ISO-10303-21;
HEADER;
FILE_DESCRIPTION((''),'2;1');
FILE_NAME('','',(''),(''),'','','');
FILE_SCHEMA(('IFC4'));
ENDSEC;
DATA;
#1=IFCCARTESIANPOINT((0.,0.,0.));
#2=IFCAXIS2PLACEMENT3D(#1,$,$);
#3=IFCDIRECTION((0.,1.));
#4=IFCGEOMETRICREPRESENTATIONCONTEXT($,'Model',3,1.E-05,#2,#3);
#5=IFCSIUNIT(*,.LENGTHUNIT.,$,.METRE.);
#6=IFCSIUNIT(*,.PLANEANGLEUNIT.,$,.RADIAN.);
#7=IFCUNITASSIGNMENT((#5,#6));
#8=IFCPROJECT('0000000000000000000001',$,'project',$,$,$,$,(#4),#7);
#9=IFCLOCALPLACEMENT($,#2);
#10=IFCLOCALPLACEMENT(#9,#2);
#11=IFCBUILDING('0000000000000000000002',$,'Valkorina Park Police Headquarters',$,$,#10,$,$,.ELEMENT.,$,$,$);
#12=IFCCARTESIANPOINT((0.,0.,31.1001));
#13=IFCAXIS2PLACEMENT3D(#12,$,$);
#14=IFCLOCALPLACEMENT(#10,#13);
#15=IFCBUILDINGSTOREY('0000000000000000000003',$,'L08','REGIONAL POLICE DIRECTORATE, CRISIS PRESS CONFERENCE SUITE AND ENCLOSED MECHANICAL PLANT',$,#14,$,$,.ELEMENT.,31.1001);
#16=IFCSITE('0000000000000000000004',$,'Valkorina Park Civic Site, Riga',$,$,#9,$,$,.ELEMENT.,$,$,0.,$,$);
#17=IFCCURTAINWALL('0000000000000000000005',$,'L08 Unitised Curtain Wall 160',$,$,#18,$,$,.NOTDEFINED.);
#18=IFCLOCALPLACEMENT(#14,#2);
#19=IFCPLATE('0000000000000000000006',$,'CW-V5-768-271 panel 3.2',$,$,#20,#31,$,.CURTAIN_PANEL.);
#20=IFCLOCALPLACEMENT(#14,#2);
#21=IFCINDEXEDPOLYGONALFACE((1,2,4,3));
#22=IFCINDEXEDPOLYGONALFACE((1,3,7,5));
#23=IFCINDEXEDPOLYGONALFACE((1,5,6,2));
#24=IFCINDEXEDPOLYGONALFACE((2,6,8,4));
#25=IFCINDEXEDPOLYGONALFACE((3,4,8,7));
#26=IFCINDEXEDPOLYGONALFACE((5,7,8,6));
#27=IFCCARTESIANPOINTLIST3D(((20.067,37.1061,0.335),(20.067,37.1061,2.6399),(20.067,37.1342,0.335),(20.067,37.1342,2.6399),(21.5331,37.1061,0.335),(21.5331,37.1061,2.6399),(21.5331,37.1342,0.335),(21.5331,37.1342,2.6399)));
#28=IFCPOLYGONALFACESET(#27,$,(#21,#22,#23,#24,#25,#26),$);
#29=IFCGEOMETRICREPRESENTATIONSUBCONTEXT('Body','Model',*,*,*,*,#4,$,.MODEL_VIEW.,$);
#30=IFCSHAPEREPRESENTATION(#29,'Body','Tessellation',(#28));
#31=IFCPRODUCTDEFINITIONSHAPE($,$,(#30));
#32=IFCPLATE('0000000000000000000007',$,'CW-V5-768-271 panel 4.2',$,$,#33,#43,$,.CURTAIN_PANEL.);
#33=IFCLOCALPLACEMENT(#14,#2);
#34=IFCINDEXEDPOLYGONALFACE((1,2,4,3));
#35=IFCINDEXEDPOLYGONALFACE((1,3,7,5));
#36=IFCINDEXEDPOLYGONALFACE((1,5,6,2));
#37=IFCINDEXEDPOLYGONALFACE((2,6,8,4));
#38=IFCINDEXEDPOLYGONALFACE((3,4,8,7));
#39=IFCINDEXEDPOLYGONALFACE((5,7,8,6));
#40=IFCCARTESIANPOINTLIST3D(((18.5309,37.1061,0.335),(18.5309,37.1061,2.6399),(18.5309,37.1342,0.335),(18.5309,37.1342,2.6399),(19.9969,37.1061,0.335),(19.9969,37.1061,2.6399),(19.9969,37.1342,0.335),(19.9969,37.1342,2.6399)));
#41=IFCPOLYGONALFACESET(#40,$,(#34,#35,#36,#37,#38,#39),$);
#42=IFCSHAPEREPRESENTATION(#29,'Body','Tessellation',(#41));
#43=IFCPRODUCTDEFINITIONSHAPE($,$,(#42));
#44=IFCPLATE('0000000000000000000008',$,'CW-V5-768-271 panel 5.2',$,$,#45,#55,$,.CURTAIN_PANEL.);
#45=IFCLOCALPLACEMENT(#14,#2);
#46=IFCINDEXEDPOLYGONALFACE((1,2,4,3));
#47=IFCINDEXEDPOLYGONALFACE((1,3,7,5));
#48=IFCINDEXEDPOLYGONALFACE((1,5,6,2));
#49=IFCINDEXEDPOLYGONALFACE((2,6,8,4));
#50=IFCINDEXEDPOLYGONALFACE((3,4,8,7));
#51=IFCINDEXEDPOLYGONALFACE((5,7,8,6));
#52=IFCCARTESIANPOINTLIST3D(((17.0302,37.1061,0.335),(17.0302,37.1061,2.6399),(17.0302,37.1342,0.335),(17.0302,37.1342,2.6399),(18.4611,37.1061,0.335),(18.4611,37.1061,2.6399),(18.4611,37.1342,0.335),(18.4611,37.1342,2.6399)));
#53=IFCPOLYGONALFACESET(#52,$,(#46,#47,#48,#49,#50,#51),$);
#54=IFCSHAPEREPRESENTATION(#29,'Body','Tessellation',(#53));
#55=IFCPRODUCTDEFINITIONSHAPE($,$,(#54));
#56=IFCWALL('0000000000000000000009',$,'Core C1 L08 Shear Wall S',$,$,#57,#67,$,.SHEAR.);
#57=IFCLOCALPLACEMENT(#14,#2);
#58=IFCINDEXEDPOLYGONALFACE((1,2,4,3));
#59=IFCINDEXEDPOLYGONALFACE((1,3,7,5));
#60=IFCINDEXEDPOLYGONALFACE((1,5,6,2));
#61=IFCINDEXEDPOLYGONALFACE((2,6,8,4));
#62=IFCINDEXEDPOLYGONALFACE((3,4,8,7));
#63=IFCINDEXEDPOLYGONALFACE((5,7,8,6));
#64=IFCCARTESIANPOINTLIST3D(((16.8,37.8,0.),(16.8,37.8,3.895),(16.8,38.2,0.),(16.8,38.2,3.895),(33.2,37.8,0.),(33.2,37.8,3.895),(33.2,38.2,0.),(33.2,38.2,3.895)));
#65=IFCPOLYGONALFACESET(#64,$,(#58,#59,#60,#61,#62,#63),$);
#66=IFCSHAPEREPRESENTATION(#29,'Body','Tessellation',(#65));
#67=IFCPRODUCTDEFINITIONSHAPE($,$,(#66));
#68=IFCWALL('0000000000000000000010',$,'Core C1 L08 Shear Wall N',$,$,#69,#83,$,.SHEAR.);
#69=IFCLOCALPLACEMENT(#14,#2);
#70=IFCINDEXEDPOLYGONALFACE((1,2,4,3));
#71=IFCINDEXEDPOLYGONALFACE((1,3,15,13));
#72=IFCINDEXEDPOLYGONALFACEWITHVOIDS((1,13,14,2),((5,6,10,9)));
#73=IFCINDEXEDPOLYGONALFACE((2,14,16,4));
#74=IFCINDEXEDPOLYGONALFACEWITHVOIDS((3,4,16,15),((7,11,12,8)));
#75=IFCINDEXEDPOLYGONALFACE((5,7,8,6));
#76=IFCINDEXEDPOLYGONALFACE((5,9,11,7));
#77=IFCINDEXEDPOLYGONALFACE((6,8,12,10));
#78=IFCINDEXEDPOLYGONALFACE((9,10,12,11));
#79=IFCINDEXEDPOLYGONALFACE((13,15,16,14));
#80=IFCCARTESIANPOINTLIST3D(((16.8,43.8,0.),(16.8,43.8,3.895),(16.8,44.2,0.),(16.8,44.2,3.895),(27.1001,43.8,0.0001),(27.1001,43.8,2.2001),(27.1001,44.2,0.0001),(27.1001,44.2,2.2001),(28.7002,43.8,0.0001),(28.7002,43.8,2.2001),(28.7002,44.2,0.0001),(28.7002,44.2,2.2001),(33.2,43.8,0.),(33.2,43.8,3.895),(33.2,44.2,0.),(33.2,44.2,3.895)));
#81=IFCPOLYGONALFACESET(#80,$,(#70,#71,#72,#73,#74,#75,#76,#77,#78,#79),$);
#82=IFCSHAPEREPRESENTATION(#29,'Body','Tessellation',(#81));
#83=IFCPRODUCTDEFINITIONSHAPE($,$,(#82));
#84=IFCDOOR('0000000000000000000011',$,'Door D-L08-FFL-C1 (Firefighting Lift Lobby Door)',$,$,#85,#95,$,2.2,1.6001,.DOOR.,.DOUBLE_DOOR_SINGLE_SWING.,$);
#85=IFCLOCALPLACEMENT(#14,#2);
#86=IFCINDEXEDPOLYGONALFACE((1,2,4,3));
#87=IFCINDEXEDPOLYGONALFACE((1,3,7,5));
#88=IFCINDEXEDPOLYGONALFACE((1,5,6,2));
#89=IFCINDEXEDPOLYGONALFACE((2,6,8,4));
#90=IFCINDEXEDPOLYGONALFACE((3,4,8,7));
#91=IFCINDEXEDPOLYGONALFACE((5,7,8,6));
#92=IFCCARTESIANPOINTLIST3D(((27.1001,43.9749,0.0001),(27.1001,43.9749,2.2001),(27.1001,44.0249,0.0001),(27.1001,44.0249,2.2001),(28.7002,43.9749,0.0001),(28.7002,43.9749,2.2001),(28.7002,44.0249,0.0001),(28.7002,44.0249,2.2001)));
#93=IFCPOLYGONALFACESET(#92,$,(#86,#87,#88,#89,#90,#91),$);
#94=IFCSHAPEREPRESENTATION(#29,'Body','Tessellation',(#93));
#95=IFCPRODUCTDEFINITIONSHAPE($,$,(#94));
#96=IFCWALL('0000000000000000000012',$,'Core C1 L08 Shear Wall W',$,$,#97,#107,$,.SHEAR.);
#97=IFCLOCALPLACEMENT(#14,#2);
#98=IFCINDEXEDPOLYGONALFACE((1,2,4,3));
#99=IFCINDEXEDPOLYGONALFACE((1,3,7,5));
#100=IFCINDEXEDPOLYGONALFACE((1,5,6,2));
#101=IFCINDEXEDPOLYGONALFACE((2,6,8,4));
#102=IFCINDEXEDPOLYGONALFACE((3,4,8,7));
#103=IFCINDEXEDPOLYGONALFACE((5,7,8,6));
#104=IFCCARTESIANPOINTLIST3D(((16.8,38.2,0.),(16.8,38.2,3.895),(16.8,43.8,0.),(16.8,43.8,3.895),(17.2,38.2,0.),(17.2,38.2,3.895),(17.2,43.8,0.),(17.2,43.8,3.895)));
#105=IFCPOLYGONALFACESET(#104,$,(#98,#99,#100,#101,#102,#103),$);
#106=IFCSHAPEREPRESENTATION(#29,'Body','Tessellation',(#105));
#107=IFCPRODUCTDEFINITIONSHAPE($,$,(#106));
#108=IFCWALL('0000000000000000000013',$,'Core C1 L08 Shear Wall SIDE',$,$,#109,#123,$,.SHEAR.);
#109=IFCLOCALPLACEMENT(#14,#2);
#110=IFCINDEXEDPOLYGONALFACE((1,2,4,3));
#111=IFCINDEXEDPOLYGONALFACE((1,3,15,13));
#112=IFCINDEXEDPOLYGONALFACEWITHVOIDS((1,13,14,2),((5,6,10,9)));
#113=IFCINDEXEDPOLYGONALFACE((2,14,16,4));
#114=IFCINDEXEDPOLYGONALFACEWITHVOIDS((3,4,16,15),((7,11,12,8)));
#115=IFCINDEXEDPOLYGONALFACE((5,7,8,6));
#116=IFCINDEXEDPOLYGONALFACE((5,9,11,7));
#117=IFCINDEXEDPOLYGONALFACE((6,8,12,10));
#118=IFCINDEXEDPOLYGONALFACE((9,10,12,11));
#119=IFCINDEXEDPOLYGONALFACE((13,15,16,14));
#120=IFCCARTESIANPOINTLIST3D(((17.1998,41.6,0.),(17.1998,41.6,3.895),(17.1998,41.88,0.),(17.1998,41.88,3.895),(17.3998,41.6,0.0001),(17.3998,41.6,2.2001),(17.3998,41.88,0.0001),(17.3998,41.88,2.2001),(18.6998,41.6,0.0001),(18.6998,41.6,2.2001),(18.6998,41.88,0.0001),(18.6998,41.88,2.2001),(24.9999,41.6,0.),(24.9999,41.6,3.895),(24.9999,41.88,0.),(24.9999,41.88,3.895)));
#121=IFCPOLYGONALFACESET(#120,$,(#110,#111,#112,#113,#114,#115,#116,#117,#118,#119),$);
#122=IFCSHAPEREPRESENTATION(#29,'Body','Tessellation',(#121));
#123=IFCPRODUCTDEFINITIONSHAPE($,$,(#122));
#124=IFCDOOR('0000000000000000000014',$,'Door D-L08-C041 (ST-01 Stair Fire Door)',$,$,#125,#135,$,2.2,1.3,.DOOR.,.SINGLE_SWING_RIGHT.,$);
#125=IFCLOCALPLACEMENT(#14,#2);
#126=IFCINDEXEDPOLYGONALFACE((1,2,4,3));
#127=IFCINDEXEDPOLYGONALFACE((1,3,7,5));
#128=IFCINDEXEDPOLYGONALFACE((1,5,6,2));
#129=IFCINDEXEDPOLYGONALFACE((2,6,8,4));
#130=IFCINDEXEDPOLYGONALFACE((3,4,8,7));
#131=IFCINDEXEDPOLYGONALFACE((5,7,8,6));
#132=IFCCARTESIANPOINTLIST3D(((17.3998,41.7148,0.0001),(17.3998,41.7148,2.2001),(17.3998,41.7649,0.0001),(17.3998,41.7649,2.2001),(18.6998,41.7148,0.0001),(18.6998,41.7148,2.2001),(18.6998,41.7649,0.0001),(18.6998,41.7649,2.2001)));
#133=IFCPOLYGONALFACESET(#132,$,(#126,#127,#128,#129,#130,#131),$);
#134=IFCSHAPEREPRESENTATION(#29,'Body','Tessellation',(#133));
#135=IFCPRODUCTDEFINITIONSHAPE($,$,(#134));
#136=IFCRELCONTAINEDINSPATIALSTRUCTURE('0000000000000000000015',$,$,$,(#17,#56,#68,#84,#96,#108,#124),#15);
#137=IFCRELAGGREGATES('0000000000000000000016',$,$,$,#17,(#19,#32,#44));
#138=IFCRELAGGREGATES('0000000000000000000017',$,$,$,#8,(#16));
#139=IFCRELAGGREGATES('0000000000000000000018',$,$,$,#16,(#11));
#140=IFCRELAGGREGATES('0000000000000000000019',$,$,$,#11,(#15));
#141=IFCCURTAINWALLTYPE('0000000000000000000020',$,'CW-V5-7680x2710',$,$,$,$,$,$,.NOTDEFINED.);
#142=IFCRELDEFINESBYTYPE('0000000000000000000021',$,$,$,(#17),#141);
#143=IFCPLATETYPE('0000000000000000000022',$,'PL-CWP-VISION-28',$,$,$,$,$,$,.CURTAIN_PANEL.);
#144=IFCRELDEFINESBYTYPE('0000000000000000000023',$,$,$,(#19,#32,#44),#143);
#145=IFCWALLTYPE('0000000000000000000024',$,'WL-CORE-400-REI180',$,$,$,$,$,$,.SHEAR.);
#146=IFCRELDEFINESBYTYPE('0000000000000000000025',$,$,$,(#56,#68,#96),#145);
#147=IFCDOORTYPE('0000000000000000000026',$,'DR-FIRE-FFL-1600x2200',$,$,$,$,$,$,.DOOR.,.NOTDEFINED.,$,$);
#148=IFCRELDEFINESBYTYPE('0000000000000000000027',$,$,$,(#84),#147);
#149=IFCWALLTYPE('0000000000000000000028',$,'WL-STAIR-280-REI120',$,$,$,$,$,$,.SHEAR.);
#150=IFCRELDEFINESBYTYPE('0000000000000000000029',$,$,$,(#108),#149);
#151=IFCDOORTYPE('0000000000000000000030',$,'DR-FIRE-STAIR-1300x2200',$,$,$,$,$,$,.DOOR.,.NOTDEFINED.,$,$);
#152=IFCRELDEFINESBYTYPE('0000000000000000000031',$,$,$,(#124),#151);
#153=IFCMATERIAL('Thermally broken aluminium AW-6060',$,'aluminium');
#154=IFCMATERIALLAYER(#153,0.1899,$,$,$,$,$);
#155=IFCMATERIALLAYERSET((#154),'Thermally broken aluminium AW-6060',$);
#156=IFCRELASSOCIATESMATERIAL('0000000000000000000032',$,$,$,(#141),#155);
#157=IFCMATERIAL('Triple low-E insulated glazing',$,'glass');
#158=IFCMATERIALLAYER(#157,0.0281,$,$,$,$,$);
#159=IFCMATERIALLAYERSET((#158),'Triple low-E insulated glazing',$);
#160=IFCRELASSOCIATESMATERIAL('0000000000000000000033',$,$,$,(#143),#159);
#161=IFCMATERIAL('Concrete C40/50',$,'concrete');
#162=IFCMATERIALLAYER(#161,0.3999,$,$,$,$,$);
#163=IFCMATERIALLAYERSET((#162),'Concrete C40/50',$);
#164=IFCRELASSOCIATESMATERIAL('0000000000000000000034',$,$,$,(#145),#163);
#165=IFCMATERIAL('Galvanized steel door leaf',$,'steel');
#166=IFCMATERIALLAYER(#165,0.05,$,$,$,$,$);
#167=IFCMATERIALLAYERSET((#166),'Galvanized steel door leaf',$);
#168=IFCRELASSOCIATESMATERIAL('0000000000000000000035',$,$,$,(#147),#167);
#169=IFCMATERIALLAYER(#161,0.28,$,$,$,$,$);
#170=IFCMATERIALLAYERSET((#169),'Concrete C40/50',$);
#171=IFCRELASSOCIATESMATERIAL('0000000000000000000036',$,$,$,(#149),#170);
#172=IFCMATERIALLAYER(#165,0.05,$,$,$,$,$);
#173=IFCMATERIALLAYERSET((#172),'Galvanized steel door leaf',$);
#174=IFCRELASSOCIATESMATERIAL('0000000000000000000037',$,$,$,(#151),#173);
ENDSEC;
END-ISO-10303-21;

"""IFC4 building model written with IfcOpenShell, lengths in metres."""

from ifc_helpers import new_model, si_unit, direction, frame, frame_2d, origin, origin_2d, place, context, subcontext, project, spatial, rectangle, extrude, material, layer, layer_set, type_object, element, fill, aggregate, save


model = new_model("IFC4")

# Units and contexts
model_context = context("Model", 3, precision=1e-05, world=origin(), true_north=direction((0.0, 1.0)))
body_context = subcontext(model_context, "Body", "Model", "MODEL_VIEW")
ifc_project = project(units=[si_unit("LENGTHUNIT", "METRE"), si_unit("PLANEANGLEUNIT", "RADIAN")], contexts=[model_context])

# Site, building, storey
site_placement = place(None, origin())
site = spatial("IfcSite", under=ifc_project, at=site_placement, Name="Valkorina Park Civic Site, Riga", CompositionType="ELEMENT", RefElevation=0.0)
building_placement = place(site_placement, origin())
building = spatial("IfcBuilding", under=site, at=building_placement, Name="Valkorina Park Police Headquarters", CompositionType="ELEMENT")
storey_placement = place(building_placement, frame((0.0, 0.0, 31.1001)))
storey = spatial("IfcBuildingStorey", under=building, at=storey_placement, Name="L08", Description="REGIONAL POLICE DIRECTORATE, CRISIS PRESS CONFERENCE SUITE AND ENCLOSED MECHANICAL PLANT", CompositionType="ELEMENT", Elevation=31.1001)

# Curtain wall
ifc_material_1 = material(Name="Thermally broken aluminium AW-6060", Category="aluminium")
ifc_layer_1 = layer(ifc_material_1, 0.1899)
ifc_layer_set_1 = layer_set([ifc_layer_1], Name="Thermally broken aluminium AW-6060")
curtain_wall_type = type_object("IfcCurtainWallType", Name="CW-V5-7680x2710", PredefinedType="NOTDEFINED", material=ifc_layer_set_1)
curtain_wall_1_placement = place(storey_placement, origin())
curtain_wall_1 = element("IfcCurtainWall", 1, at=curtain_wall_1_placement, inside=storey, type_object=curtain_wall_type, Name="L08 Unitised Curtain Wall 160", PredefinedType="NOTDEFINED")

# Plates
ifc_material_2 = material(Name="Triple low-E insulated glazing", Category="glass")
ifc_layer_2 = layer(ifc_material_2, 0.0281)
ifc_layer_set_2 = layer_set([ifc_layer_2], Name="Triple low-E insulated glazing")
plate_type_1 = type_object("IfcPlateType", Name="PL-CWP-VISION-28", PredefinedType="CURTAIN_PANEL", material=ifc_layer_set_2)
plate_1_placement = place(storey_placement, frame((20.8, 37.1201, 0.335), z_axis=(0.0, 0.0, 1.0), x_axis=(-1.0, 0.0, 0.0)))
plate_1 = element("IfcPlate", 2, at=plate_1_placement, type_object=plate_type_1, Name="CW-V5-768-271 panel 3.2", PredefinedType="CURTAIN_PANEL", context=body_context, shape_type="SweptSolid", body=[
    extrude(rectangle(XDim=1.4661, YDim=0.0281, at=origin_2d()), origin(), (0.0, 0.0, 1.0), 2.3049),
])
plate_2_placement = place(storey_placement, frame((19.2639, 37.1201, 0.335), z_axis=(0.0, 0.0, 1.0), x_axis=(-1.0, 0.0, 0.0)))
plate_2 = element("IfcPlate", 3, at=plate_2_placement, type_object=plate_type_1, Name="CW-V5-768-271 panel 4.2", PredefinedType="CURTAIN_PANEL", context=body_context, shape_type="SweptSolid", body=[
    extrude(rectangle(XDim=1.4661, YDim=0.0281, at=origin_2d()), origin(), (0.0, 0.0, 1.0), 2.3049),
])
plate_3_placement = place(storey_placement, frame((17.7456, 37.1201, 0.335), z_axis=(0.0, 0.0, 1.0), x_axis=(-1.0, 0.0, 0.0)))
plate_3 = element("IfcPlate", 4, at=plate_3_placement, type_object=plate_type_1, Name="CW-V5-768-271 panel 5.2", PredefinedType="CURTAIN_PANEL", context=body_context, shape_type="SweptSolid", body=[
    extrude(rectangle(XDim=1.4309, YDim=0.0281, at=origin_2d()), origin(), (0.0, 0.0, 1.0), 2.3049),
])
aggregate(curtain_wall_1, [plate_1, plate_2, plate_3])

# Wall
ifc_material_3 = material(Name="Concrete C40/50", Category="concrete")
ifc_layer_3 = layer(ifc_material_3, 0.3999)
ifc_layer_set_3 = layer_set([ifc_layer_3], Name="Concrete C40/50")
wall_type_1 = type_object("IfcWallType", Name="WL-CORE-400-REI180", PredefinedType="SHEAR", material=ifc_layer_set_3)
wall_1_placement = place(storey_placement, frame((16.8, 38.0, 0.0), z_axis=(0.0, 0.0, 1.0), x_axis=(1.0, 0.0, 0.0)))
element("IfcWall", 5, at=wall_1_placement, inside=storey, type_object=wall_type_1, Name="Core C1 L08 Shear Wall S", PredefinedType="SHEAR", context=body_context, shape_type="SweptSolid", body=[
    extrude(rectangle(XDim=16.3999, YDim=0.3999, at=frame_2d((8.2, 0.0))), origin(), (0.0, 0.0, 1.0), 3.895),
])

# Wall, opening, door
wall_2_placement = place(storey_placement, frame((16.8, 44.0, 0.0), z_axis=(0.0, 0.0, 1.0), x_axis=(1.0, 0.0, 0.0)))
wall_2 = element("IfcWall", 6, at=wall_2_placement, inside=storey, type_object=wall_type_1, Name="Core C1 L08 Shear Wall N", PredefinedType="SHEAR", context=body_context, shape_type="SweptSolid", body=[
    extrude(rectangle(XDim=16.3999, YDim=0.3999, at=frame_2d((8.2, 0.0))), origin(), (0.0, 0.0, 1.0), 3.895),
])
opening_1_placement = place(wall_2_placement, frame((10.3, 0.0, 0.0)))
opening_1 = element("IfcOpeningElement", 7, at=opening_1_placement, cuts=wall_2, PredefinedType="OPENING", context=body_context, shape_type="SweptSolid", body=[
    extrude(rectangle(XDim=1.6001, YDim=2.2, at=frame_2d((0.8, 1.1001))), frame((0.0, 0.21, 0.0), z_axis=(0.0, -1.0, 0.0), x_axis=(1.0, 0.0, 0.0)), (0.0, 0.0, 1.0), 0.4199),
])
ifc_material_4 = material(Name="Galvanized steel door leaf", Category="steel")
ifc_layer_4 = layer(ifc_material_4, 0.05)
ifc_layer_set_4 = layer_set([ifc_layer_4], Name="Galvanized steel door leaf")
door_type_1 = type_object("IfcDoorType", Name="DR-FIRE-FFL-1600x2200", OperationType="NOTDEFINED", PredefinedType="DOOR", material=ifc_layer_set_4)
door_1_placement = place(opening_1_placement, origin())
door_1 = element("IfcDoor", 8, at=door_1_placement, inside=storey, type_object=door_type_1, Name="Door D-L08-FFL-C1 (Firefighting Lift Lobby Door)", OperationType="DOUBLE_DOOR_SINGLE_SWING", OverallHeight=2.2, OverallWidth=1.6001, PredefinedType="DOOR", context=body_context, shape_type="SweptSolid", body=[
    extrude(rectangle(XDim=1.6001, YDim=2.2, at=frame_2d((0.8, 1.1001))), frame((0.0, 0.0249, 0.0), z_axis=(0.0, -1.0, 0.0), x_axis=(1.0, 0.0, 0.0)), (0.0, 0.0, 1.0), 0.05),
])
fill(opening_1, door_1)

# Wall
wall_3_placement = place(storey_placement, frame((17.0, 38.2, 0.0), z_axis=(0.0, 0.0, 1.0), x_axis=(0.0, 1.0, 0.0)))
element("IfcWall", 9, at=wall_3_placement, inside=storey, type_object=wall_type_1, Name="Core C1 L08 Shear Wall W", PredefinedType="SHEAR", context=body_context, shape_type="SweptSolid", body=[
    extrude(rectangle(XDim=5.6001, YDim=0.3999, at=frame_2d((2.8, 0.0))), origin(), (0.0, 0.0, 1.0), 3.895),
])

# Wall, opening, door
ifc_layer_5 = layer(ifc_material_3, 0.28)
ifc_layer_set_5 = layer_set([ifc_layer_5], Name="Concrete C40/50")
wall_type_2 = type_object("IfcWallType", Name="WL-STAIR-280-REI120", PredefinedType="SHEAR", material=ifc_layer_set_5)
wall_4_placement = place(storey_placement, frame((17.2, 41.74, 0.0), z_axis=(0.0, 0.0, 1.0), x_axis=(1.0, 0.0, 0.0)))
wall_4 = element("IfcWall", 10, at=wall_4_placement, inside=storey, type_object=wall_type_2, Name="Core C1 L08 Shear Wall SIDE", PredefinedType="SHEAR", context=body_context, shape_type="SweptSolid", body=[
    extrude(rectangle(XDim=7.8, YDim=0.28, at=frame_2d((3.8999, 0.0))), origin(), (0.0, 0.0, 1.0), 3.895),
])
opening_2_placement = place(wall_4_placement, frame((0.2, 0.0, 0.0)))
opening_2 = element("IfcOpeningElement", 11, at=opening_2_placement, cuts=wall_4, PredefinedType="OPENING", context=body_context, shape_type="SweptSolid", body=[
    extrude(rectangle(XDim=1.3, YDim=2.2, at=frame_2d((0.6499, 1.1001))), frame((0.0, 0.1499, 0.0), z_axis=(0.0, -1.0, 0.0), x_axis=(1.0, 0.0, 0.0)), (0.0, 0.0, 1.0), 0.3),
])
ifc_layer_6 = layer(ifc_material_4, 0.05)
ifc_layer_set_6 = layer_set([ifc_layer_6], Name="Galvanized steel door leaf")
door_type_2 = type_object("IfcDoorType", Name="DR-FIRE-STAIR-1300x2200", OperationType="NOTDEFINED", PredefinedType="DOOR", material=ifc_layer_set_6)
door_2_placement = place(opening_2_placement, origin())
door_2 = element("IfcDoor", 12, at=door_2_placement, inside=storey, type_object=door_type_2, Name="Door D-L08-C041 (ST-01 Stair Fire Door)", OperationType="SINGLE_SWING_RIGHT", OverallHeight=2.2, OverallWidth=1.3, PredefinedType="DOOR", context=body_context, shape_type="SweptSolid", body=[
    extrude(rectangle(XDim=1.3, YDim=2.2, at=frame_2d((0.6499, 1.1001))), frame((0.0, 0.0249, 0.0), z_axis=(0.0, -1.0, 0.0), x_axis=(1.0, 0.0, 0.0)), (0.0, 0.0, 1.0), 0.05),
])
fill(opening_2, door_2)

save(model, "model.ifc")
